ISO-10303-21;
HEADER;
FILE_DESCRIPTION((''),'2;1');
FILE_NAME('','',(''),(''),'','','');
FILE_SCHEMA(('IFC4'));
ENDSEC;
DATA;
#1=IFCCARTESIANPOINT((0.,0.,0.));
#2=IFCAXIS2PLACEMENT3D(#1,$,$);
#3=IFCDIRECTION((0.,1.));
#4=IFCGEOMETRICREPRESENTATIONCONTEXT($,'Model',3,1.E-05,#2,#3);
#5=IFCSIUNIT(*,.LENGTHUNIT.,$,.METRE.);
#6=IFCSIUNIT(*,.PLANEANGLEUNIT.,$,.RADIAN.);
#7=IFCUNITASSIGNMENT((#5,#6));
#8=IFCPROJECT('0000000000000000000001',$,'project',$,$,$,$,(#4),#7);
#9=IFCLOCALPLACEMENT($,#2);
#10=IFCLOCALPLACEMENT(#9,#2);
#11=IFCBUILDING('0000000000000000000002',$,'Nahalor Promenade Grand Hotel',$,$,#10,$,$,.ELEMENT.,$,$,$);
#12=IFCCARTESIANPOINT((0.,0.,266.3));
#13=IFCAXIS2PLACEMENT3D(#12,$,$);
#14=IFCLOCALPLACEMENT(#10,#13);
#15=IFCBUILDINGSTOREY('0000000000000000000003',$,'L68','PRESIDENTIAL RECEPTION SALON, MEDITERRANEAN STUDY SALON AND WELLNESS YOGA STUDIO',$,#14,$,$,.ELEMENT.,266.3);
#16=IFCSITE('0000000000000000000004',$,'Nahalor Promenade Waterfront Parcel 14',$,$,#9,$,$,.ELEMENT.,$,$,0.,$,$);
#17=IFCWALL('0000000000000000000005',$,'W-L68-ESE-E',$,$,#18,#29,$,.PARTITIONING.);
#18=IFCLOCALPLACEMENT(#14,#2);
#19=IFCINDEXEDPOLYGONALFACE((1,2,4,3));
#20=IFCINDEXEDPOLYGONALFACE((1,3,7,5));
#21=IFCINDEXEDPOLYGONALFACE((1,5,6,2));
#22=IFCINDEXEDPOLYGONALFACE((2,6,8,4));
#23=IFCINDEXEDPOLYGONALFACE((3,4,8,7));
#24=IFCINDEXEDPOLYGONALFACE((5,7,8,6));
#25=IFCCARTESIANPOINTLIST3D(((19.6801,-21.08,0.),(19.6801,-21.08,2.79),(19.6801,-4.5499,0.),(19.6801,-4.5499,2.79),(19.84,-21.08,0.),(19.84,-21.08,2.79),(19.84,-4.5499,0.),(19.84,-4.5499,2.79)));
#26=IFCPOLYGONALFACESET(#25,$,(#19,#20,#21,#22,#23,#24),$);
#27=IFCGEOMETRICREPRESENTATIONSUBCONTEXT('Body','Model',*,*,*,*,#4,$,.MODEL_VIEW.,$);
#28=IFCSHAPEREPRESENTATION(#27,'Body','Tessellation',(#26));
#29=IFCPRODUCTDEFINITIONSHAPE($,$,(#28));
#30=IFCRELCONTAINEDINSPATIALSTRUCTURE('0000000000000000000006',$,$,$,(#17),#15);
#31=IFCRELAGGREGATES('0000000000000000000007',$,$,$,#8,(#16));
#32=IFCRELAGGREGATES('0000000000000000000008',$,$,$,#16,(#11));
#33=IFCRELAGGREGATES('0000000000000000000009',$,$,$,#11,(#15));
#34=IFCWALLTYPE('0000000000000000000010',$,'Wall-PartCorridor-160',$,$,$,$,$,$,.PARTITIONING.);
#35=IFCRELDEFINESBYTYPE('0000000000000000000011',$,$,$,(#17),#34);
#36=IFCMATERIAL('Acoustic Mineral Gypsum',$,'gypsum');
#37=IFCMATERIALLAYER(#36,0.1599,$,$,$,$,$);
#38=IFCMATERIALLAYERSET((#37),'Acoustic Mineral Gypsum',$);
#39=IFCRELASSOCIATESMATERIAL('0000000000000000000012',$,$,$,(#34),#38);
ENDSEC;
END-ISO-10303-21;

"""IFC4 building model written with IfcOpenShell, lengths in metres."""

from ifc_helpers import new_model, si_unit, direction, frame, frame_2d, origin, place, context, subcontext, project, spatial, rectangle, extrude, source, transform, mapped, material, layer, layer_set, type_object, element, save


model = new_model("IFC4")

# Units and contexts
model_context = context("Model", 3, precision=1e-05, world=origin(), true_north=direction((0.0, 1.0)))
body_context = subcontext(model_context, "Body", "Model", "MODEL_VIEW")
ifc_project = project(units=[si_unit("LENGTHUNIT", "METRE"), si_unit("PLANEANGLEUNIT", "RADIAN")], contexts=[model_context])

# Site, building, storey
site_placement = place(None, origin())
site = spatial("IfcSite", under=ifc_project, at=site_placement, Name="Nahalor Promenade Waterfront Parcel 14", CompositionType="ELEMENT", RefElevation=0.0)
building_placement = place(site_placement, origin())
building = spatial("IfcBuilding", under=site, at=building_placement, Name="Nahalor Promenade Grand Hotel", CompositionType="ELEMENT")
storey_placement = place(building_placement, frame((0.0, 0.0, 266.3)))
storey = spatial("IfcBuildingStorey", under=building, at=storey_placement, Name="L68", Description="PRESIDENTIAL RECEPTION SALON, MEDITERRANEAN STUDY SALON AND WELLNESS YOGA STUDIO", CompositionType="ELEMENT", Elevation=266.3)

# Wall
ifc_material_1 = material(Name="Acoustic Mineral Gypsum", Category="gypsum")
ifc_layer_1 = layer(ifc_material_1, 0.1599)
ifc_layer_set_1 = layer_set([ifc_layer_1], Name="Acoustic Mineral Gypsum")
wall_type_1 = type_object("IfcWallType", Name="Wall-PartCorridor-160", PredefinedType="PARTITIONING", material=ifc_layer_set_1)
shared_shape_1 = source(origin(), body_context, "Body", "SweptSolid", [
    extrude(rectangle(XDim=16.53, YDim=0.1599, at=frame_2d((8.2651, 0.0))), origin(), (0.0, 0.0, 1.0), 2.79),
])
wall_1_placement = place(storey_placement, frame((19.76, -21.0801, 0.0), z_axis=(0.0, 0.0, 1.0), x_axis=(0.0, 1.0, 0.0)))
element("IfcWall", 1, at=wall_1_placement, inside=storey, type_object=wall_type_1, Name="W-L68-ESE-E", PredefinedType="PARTITIONING", context=body_context, shape_type="MappedRepresentation", body=[
    mapped(shared_shape_1, transform((0.0, 0.0, 0.0), scale=1.0)),
])

save(model, "model.ifc")
